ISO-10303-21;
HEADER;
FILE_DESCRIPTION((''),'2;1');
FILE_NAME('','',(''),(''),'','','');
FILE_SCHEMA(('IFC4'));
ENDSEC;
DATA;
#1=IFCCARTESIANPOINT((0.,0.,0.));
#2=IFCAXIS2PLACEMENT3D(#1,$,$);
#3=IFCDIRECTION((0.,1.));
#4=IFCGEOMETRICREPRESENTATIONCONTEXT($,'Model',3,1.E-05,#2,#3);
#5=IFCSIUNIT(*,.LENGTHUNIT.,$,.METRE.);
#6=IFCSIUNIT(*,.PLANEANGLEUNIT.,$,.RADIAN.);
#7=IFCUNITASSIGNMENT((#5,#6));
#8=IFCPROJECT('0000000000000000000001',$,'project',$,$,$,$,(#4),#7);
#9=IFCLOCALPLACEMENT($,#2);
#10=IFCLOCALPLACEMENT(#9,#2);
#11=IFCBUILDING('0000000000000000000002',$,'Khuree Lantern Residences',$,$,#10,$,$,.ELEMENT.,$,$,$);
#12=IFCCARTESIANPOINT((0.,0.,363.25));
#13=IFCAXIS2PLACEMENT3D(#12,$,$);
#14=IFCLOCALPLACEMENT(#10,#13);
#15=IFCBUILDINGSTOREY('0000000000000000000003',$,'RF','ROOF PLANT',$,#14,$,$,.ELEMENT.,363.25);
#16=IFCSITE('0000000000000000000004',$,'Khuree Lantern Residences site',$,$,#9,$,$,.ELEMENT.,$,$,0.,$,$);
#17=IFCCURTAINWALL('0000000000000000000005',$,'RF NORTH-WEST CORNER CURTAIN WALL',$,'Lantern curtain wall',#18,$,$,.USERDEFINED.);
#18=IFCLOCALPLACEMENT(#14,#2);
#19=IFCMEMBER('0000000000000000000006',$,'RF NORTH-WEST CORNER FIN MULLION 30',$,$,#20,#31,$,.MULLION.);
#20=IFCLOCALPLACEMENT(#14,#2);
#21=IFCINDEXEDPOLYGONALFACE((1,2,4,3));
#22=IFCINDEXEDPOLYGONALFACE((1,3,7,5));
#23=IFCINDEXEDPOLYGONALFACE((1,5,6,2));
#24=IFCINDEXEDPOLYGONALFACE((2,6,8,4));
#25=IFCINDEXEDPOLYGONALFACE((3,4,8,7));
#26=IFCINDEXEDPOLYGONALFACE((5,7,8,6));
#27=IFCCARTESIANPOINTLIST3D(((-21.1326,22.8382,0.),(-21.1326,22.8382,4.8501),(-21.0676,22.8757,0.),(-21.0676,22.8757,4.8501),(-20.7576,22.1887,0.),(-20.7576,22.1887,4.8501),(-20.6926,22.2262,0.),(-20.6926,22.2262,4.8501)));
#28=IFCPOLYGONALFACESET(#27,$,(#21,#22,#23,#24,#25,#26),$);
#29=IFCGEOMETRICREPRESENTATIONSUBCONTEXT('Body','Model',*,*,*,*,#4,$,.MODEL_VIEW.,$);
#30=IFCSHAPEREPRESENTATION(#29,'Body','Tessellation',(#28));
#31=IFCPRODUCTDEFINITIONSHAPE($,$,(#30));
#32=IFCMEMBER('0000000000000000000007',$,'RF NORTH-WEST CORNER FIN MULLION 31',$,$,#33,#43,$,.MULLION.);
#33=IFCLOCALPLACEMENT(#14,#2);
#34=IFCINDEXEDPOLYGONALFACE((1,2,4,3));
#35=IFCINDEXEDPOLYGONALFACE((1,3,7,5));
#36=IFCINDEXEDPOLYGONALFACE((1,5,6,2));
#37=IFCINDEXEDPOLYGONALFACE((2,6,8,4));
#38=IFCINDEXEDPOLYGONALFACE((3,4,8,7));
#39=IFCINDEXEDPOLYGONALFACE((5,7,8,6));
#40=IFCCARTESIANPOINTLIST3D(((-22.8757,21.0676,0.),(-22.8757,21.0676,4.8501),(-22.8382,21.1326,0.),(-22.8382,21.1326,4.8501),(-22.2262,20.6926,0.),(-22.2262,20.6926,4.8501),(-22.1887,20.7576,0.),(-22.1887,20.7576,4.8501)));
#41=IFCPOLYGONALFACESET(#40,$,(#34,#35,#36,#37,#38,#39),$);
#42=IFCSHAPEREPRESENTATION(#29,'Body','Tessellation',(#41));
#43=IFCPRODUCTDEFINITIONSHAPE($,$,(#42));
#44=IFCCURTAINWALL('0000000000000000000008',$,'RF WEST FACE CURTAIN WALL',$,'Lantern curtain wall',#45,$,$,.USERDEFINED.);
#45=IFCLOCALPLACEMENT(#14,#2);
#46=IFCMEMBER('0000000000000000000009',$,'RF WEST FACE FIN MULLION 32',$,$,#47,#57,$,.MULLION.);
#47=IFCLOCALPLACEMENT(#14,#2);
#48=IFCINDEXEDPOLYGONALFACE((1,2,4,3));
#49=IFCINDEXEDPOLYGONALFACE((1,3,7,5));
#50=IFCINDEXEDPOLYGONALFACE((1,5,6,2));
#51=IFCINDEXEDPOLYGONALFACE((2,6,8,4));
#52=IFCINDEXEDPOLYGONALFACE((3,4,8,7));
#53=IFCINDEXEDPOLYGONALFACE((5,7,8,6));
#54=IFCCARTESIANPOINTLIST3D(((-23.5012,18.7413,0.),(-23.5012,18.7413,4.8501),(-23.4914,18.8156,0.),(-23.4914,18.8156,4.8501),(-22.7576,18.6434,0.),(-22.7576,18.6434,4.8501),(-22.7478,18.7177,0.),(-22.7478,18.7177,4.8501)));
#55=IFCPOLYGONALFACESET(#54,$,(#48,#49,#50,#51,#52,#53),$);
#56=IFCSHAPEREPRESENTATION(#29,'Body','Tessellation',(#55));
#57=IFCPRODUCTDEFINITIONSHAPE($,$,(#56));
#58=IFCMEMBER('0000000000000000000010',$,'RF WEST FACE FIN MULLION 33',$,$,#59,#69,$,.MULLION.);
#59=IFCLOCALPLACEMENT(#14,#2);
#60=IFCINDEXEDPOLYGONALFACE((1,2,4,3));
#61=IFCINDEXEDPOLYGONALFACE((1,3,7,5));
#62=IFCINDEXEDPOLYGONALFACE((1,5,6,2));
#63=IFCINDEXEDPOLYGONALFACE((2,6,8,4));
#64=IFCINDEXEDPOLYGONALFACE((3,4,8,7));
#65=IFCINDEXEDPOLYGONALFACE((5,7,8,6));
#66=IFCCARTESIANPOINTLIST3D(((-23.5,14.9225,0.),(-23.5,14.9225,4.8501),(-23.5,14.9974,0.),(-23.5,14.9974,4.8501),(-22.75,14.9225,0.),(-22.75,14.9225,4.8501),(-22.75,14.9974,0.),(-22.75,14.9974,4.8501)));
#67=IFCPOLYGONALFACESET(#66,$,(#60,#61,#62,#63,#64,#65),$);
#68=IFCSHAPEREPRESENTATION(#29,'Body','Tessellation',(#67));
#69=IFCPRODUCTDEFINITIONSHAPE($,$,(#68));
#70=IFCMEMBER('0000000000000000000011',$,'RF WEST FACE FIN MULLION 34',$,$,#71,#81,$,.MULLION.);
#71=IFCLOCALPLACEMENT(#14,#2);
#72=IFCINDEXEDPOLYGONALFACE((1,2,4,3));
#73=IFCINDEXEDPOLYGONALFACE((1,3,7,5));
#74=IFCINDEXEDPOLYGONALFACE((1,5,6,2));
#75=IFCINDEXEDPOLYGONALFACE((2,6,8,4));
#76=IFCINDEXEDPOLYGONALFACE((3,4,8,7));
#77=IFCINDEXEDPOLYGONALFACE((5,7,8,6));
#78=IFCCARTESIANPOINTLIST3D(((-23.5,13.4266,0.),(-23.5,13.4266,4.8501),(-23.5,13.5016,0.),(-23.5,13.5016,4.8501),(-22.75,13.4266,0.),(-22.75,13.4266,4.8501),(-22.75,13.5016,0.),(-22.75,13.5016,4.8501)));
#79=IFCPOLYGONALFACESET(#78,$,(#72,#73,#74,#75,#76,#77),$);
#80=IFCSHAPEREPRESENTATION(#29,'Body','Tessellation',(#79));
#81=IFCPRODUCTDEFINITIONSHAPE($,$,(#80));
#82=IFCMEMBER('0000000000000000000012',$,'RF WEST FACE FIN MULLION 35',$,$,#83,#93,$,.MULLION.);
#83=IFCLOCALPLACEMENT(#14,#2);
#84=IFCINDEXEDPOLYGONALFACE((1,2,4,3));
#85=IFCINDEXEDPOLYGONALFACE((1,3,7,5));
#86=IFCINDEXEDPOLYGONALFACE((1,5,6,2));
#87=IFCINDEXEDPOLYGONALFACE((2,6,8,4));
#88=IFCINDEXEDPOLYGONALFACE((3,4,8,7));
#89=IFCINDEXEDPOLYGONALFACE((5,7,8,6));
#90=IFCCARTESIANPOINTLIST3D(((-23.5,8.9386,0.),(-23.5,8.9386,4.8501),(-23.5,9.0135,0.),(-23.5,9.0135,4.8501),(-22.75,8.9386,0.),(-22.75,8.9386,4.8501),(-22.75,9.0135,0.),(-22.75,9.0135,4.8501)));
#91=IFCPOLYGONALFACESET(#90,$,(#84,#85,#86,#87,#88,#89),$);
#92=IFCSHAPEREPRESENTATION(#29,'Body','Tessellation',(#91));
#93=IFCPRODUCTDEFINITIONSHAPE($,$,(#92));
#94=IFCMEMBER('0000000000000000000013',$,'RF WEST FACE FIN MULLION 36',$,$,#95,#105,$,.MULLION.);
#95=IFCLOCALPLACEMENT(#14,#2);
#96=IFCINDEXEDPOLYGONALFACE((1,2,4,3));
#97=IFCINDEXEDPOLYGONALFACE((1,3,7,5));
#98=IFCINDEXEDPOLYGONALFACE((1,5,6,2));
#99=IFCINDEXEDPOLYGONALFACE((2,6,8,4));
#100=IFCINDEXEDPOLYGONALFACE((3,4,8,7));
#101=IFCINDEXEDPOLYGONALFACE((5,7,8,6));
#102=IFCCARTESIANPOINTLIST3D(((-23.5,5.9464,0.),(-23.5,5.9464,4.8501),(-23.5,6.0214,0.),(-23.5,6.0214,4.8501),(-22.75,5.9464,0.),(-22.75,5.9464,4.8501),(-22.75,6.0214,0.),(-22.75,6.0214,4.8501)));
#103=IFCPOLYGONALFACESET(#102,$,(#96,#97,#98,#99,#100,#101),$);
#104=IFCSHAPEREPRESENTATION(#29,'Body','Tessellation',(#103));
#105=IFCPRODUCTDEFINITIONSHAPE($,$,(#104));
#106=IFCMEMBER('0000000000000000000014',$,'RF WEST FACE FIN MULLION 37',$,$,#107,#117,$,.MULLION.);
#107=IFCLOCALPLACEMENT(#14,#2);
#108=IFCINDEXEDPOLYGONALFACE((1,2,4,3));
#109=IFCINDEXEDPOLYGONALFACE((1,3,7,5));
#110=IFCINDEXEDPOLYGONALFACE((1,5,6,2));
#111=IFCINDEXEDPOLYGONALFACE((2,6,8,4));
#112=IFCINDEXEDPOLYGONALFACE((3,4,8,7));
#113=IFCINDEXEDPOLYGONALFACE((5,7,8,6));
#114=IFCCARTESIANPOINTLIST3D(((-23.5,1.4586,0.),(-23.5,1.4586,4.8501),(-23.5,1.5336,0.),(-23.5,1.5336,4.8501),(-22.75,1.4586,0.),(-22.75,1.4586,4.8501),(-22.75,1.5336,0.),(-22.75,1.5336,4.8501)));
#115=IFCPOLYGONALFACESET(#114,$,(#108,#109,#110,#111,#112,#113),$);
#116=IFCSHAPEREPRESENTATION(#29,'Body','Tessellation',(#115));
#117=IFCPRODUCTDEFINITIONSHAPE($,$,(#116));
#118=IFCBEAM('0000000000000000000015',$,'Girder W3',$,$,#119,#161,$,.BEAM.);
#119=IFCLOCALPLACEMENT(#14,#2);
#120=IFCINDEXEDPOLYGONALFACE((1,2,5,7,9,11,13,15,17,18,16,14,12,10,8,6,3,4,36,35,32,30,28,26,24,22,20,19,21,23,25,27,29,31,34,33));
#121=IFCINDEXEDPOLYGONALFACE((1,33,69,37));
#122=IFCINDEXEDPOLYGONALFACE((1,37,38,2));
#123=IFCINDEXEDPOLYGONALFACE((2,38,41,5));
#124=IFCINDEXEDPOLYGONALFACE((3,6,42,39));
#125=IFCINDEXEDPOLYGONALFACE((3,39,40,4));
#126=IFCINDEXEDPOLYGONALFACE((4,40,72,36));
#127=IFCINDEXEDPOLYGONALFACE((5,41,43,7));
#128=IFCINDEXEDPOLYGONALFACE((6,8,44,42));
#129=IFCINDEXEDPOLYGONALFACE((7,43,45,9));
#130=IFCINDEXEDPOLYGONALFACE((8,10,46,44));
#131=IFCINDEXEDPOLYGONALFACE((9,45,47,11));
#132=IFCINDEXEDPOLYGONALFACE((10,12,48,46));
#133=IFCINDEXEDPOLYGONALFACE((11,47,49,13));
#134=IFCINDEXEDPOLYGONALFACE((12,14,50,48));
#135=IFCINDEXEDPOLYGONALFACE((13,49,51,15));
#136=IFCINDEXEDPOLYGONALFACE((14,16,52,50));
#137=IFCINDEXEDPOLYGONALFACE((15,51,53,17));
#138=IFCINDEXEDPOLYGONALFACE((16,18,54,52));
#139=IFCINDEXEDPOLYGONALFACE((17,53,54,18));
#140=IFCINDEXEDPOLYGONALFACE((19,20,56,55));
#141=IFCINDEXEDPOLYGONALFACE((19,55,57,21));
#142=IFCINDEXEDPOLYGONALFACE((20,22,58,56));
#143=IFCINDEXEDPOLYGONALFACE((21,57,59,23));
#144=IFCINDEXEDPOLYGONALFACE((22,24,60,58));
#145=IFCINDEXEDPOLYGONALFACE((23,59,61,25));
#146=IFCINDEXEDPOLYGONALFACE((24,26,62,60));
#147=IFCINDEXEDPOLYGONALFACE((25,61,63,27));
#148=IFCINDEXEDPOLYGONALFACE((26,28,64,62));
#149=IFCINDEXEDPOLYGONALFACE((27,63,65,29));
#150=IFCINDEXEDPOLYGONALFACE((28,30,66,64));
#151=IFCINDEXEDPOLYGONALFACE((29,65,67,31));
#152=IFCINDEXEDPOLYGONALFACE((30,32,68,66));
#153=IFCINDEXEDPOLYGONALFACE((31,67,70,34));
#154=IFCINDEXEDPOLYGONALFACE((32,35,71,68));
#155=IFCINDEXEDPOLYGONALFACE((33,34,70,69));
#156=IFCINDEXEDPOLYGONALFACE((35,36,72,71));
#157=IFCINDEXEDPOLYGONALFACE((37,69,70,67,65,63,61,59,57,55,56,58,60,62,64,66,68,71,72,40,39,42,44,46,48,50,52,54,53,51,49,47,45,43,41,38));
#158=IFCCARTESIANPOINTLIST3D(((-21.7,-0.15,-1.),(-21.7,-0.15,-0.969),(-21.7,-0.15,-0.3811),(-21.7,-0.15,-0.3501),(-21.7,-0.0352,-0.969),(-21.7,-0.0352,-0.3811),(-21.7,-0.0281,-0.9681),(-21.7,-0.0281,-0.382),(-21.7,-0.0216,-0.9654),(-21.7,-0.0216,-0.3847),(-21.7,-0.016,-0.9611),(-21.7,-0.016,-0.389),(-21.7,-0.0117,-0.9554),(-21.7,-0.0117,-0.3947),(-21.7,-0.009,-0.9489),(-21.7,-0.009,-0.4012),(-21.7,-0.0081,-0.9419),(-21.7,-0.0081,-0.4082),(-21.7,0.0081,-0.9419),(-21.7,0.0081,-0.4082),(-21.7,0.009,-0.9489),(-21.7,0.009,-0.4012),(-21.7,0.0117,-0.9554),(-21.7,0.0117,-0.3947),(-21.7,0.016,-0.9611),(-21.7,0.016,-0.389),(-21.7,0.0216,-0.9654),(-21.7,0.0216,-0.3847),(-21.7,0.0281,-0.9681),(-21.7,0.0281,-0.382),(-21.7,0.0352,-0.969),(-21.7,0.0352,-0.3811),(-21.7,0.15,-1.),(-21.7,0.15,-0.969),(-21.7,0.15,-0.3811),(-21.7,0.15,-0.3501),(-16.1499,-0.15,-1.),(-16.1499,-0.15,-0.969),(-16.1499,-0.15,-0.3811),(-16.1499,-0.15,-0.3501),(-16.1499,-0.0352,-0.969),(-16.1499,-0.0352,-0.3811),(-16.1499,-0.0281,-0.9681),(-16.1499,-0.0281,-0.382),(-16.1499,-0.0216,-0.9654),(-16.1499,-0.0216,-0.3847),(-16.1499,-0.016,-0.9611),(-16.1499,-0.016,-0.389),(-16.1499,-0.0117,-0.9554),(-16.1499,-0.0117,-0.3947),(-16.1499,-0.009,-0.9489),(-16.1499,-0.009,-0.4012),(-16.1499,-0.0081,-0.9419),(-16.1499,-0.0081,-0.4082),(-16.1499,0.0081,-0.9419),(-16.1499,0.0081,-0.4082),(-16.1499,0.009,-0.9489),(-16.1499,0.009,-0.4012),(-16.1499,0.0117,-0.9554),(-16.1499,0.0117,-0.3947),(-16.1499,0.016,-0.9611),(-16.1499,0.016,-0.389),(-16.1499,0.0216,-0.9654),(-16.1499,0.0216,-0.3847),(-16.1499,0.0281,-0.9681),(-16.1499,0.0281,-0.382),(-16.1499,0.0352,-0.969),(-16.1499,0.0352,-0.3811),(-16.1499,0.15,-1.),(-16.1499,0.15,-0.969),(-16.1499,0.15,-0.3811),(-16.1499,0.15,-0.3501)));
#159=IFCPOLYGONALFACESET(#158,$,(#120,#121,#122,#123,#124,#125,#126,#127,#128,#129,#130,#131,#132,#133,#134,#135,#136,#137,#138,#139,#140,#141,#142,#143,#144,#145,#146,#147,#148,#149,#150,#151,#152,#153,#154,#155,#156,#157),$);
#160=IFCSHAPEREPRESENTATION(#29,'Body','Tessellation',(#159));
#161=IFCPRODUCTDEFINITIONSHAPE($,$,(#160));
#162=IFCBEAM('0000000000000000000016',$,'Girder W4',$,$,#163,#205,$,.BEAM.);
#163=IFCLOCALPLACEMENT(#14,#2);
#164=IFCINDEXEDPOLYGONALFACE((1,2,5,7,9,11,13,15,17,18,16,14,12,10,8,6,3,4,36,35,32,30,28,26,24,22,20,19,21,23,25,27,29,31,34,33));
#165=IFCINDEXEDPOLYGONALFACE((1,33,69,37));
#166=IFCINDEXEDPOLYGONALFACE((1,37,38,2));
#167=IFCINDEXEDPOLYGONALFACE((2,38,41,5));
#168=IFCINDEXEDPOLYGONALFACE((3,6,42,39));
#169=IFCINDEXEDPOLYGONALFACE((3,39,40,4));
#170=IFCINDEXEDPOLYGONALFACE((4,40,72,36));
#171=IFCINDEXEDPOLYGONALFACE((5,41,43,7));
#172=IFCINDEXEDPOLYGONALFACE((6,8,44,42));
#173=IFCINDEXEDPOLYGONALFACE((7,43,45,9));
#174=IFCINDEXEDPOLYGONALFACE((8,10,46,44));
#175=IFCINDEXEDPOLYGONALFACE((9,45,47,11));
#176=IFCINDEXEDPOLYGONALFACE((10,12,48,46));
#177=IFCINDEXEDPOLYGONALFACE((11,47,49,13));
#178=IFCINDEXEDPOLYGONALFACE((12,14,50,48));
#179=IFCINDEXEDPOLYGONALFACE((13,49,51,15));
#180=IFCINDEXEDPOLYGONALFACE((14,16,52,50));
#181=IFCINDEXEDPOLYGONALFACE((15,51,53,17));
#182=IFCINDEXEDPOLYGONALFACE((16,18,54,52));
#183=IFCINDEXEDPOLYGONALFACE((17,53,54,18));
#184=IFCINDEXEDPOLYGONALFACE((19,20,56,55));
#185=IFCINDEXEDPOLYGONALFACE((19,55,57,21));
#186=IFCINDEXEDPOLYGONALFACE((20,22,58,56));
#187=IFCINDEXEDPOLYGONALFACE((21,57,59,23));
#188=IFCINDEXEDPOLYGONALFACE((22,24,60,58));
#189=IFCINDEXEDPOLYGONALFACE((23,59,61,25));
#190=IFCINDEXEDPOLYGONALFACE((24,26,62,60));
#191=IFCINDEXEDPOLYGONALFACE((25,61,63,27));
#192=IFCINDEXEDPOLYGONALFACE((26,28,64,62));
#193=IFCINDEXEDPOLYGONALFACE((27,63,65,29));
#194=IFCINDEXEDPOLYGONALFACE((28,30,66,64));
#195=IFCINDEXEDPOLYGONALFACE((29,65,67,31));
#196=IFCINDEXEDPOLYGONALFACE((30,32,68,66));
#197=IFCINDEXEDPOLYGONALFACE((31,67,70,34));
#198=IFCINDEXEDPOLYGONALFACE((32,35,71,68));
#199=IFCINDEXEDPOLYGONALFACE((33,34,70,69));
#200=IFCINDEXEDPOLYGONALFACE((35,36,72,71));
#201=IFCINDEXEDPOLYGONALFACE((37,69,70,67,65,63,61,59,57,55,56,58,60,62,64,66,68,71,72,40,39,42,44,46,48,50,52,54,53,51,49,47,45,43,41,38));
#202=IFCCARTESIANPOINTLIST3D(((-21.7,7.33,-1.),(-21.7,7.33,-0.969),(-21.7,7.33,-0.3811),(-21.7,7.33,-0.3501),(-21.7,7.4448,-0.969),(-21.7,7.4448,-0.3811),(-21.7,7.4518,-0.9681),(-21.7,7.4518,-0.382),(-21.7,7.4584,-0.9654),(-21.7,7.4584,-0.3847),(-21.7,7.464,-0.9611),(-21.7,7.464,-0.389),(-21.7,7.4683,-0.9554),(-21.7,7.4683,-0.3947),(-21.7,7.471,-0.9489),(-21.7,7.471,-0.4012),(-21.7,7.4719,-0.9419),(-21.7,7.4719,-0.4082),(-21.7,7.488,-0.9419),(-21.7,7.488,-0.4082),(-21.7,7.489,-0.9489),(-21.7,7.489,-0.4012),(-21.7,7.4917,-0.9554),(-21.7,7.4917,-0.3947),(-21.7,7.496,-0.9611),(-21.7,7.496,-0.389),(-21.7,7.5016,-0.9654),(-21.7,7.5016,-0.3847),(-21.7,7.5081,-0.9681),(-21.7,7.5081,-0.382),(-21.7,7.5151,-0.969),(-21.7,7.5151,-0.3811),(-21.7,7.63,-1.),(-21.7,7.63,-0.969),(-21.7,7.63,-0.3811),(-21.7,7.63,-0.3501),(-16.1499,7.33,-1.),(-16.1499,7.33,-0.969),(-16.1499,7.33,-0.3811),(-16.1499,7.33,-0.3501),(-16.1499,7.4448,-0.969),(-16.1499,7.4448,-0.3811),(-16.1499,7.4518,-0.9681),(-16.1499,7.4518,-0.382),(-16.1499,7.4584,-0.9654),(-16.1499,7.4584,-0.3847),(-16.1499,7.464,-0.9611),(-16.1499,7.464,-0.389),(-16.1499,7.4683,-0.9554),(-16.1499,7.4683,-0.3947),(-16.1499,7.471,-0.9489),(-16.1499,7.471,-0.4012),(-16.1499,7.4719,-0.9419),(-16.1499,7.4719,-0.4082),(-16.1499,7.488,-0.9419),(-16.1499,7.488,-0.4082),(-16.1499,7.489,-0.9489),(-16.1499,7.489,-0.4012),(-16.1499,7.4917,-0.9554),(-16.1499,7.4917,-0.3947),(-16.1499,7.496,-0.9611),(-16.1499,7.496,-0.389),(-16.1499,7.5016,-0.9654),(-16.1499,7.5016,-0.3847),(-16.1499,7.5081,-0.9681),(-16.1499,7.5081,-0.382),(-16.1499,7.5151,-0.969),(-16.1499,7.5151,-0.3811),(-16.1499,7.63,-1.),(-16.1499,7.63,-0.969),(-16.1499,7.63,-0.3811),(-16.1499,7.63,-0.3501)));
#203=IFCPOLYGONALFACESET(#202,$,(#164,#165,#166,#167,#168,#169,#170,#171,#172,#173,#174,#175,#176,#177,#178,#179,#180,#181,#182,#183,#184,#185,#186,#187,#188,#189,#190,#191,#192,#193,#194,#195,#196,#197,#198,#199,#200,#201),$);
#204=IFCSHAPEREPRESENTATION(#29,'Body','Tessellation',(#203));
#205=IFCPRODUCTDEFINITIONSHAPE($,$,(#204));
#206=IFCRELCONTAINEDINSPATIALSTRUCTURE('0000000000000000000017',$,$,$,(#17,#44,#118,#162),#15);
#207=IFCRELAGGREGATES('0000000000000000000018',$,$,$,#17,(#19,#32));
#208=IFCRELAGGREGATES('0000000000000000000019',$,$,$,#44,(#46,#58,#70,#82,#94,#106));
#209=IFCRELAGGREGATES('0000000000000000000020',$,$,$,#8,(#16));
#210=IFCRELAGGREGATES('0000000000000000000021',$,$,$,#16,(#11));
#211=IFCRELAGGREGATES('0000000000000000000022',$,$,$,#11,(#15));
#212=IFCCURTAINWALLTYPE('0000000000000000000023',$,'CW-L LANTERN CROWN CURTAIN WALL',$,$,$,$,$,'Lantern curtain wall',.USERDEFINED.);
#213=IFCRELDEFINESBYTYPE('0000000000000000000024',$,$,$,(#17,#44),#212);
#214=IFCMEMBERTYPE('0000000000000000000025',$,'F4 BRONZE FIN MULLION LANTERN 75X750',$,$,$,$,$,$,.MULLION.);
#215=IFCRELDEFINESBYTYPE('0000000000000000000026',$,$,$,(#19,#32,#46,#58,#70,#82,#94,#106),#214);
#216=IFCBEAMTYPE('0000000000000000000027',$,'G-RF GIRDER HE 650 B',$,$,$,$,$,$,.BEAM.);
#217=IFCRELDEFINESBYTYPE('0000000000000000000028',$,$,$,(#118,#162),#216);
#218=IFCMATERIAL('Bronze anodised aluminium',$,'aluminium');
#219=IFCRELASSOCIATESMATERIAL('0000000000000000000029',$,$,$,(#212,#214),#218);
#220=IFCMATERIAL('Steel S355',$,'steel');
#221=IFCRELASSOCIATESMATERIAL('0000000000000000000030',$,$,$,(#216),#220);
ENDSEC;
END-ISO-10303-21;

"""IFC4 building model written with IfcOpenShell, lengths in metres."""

from ifc_helpers import new_model, si_unit, direction, frame, origin, origin_2d, place, context, subcontext, project, spatial, rectangle, i_section, extrude, material, material_profile, profile_set, type_object, element, aggregate, save


model = new_model("IFC4")

# Units and contexts
model_context = context("Model", 3, precision=1e-05, world=origin(), true_north=direction((0.0, 1.0)))
body_context = subcontext(model_context, "Body", "Model", "MODEL_VIEW")
ifc_project = project(units=[si_unit("LENGTHUNIT", "METRE"), si_unit("PLANEANGLEUNIT", "RADIAN")], contexts=[model_context])

# Site, building, storey
site_placement = place(None, origin())
site = spatial("IfcSite", under=ifc_project, at=site_placement, Name="Khuree Lantern Residences site", CompositionType="ELEMENT", RefElevation=0.0)
building_placement = place(site_placement, origin())
building = spatial("IfcBuilding", under=site, at=building_placement, Name="Khuree Lantern Residences", CompositionType="ELEMENT")
storey_placement = place(building_placement, frame((0.0, 0.0, 363.25)))
storey = spatial("IfcBuildingStorey", under=building, at=storey_placement, Name="RF", Description="ROOF PLANT", CompositionType="ELEMENT", Elevation=363.25)

# Shared definitions
ifc_material_1 = material(Name="Steel S355", Category="steel")

# Curtain walls, members
ifc_material_2 = material(Name="Bronze anodised aluminium", Category="aluminium")
curtain_wall_type = type_object("IfcCurtainWallType", Name="CW-L LANTERN CROWN CURTAIN WALL", ElementType="Lantern curtain wall", PredefinedType="USERDEFINED", material=ifc_material_2)
curtain_wall_1_placement = place(storey_placement, origin())
curtain_wall_1 = element("IfcCurtainWall", 1, at=curtain_wall_1_placement, inside=storey, type_object=curtain_wall_type, Name="RF NORTH-WEST CORNER CURTAIN WALL", ObjectType="Lantern curtain wall", PredefinedType="USERDEFINED")
ifc_material_profile_1 = material_profile(ifc_material_2, rectangle(XDim=0.075, YDim=0.75, at=origin_2d()), Name="F4 75X750")
ifc_profile_set_1 = profile_set([ifc_material_profile_1], Name="Bronze anodised aluminium")
member_type_1 = type_object("IfcMemberType", Name="F4 BRONZE FIN MULLION LANTERN 75X750", PredefinedType="MULLION", material=ifc_profile_set_1)
member_1_placement = place(storey_placement, frame((-20.9126, 22.5322, 0.0), z_axis=(0.0, 0.0, 1.0), x_axis=(-0.866025, -0.5, 0.0)))
member_1 = element("IfcMember", 2, at=member_1_placement, type_object=member_type_1, Name="RF NORTH-WEST CORNER FIN MULLION 30", PredefinedType="MULLION", context=body_context, shape_type="SweptSolid", body=[
    extrude(rectangle(XDim=0.075, YDim=0.75, at=origin_2d()), origin(), (0.0, 0.0, 1.0), 4.8501),
])
member_2_placement = place(storey_placement, frame((-22.5322, 20.9126, 0.0), z_axis=(0.0, 0.0, 1.0), x_axis=(-0.5, -0.866025, 0.0)))
member_2 = element("IfcMember", 3, at=member_2_placement, type_object=member_type_1, Name="RF NORTH-WEST CORNER FIN MULLION 31", PredefinedType="MULLION", context=body_context, shape_type="SweptSolid", body=[
    extrude(rectangle(XDim=0.075, YDim=0.75, at=origin_2d()), origin(), (0.0, 0.0, 1.0), 4.8501),
])
curtain_wall_2_placement = place(storey_placement, origin())
curtain_wall_2 = element("IfcCurtainWall", 4, at=curtain_wall_2_placement, inside=storey, type_object=curtain_wall_type, Name="RF WEST FACE CURTAIN WALL", ObjectType="Lantern curtain wall", PredefinedType="USERDEFINED")
member_3_placement = place(storey_placement, frame((-23.1245, 18.7295, 0.0), z_axis=(0.0, 0.0, 1.0), x_axis=(-0.130526, -0.991445, 0.0)))
member_3 = element("IfcMember", 5, at=member_3_placement, type_object=member_type_1, Name="RF WEST FACE FIN MULLION 32", PredefinedType="MULLION", context=body_context, shape_type="SweptSolid", body=[
    extrude(rectangle(XDim=0.075, YDim=0.75, at=origin_2d()), origin(), (0.0, 0.0, 1.0), 4.8501),
])
member_4_placement = place(storey_placement, frame((-23.125, 14.96, 0.0), z_axis=(0.0, 0.0, 1.0), x_axis=(0.0, -1.0, 0.0)))
member_4 = element("IfcMember", 6, at=member_4_placement, type_object=member_type_1, Name="RF WEST FACE FIN MULLION 33", PredefinedType="MULLION", context=body_context, shape_type="SweptSolid", body=[
    extrude(rectangle(XDim=0.075, YDim=0.75, at=origin_2d()), origin(), (0.0, 0.0, 1.0), 4.8501),
])
member_5_placement = place(storey_placement, frame((-23.125, 13.4641, 0.0), z_axis=(0.0, 0.0, 1.0), x_axis=(0.0, -1.0, 0.0)))
member_5 = element("IfcMember", 7, at=member_5_placement, type_object=member_type_1, Name="RF WEST FACE FIN MULLION 34", PredefinedType="MULLION", context=body_context, shape_type="SweptSolid", body=[
    extrude(rectangle(XDim=0.075, YDim=0.75, at=origin_2d()), origin(), (0.0, 0.0, 1.0), 4.8501),
])
member_6_placement = place(storey_placement, frame((-23.125, 8.9761, 0.0), z_axis=(0.0, 0.0, 1.0), x_axis=(0.0, -1.0, 0.0)))
member_6 = element("IfcMember", 8, at=member_6_placement, type_object=member_type_1, Name="RF WEST FACE FIN MULLION 35", PredefinedType="MULLION", context=body_context, shape_type="SweptSolid", body=[
    extrude(rectangle(XDim=0.075, YDim=0.75, at=origin_2d()), origin(), (0.0, 0.0, 1.0), 4.8501),
])
member_7_placement = place(storey_placement, frame((-23.125, 5.9839, 0.0), z_axis=(0.0, 0.0, 1.0), x_axis=(0.0, -1.0, 0.0)))
member_7 = element("IfcMember", 9, at=member_7_placement, type_object=member_type_1, Name="RF WEST FACE FIN MULLION 36", PredefinedType="MULLION", context=body_context, shape_type="SweptSolid", body=[
    extrude(rectangle(XDim=0.075, YDim=0.75, at=origin_2d()), origin(), (0.0, 0.0, 1.0), 4.8501),
])
member_8_placement = place(storey_placement, frame((-23.125, 1.4961, 0.0), z_axis=(0.0, 0.0, 1.0), x_axis=(0.0, -1.0, 0.0)))
member_8 = element("IfcMember", 10, at=member_8_placement, type_object=member_type_1, Name="RF WEST FACE FIN MULLION 37", PredefinedType="MULLION", context=body_context, shape_type="SweptSolid", body=[
    extrude(rectangle(XDim=0.075, YDim=0.75, at=origin_2d()), origin(), (0.0, 0.0, 1.0), 4.8501),
])

# Beams
ifc_material_profile_2 = material_profile(ifc_material_1, i_section(OverallWidth=0.3, OverallDepth=0.6499, WebThickness=0.0161, FlangeThickness=0.031, FilletRadius=0.0271, at=origin_2d()), Name="HE 650 B")
ifc_profile_set_2 = profile_set([ifc_material_profile_2], Name="Steel S355")
beam_type_1 = type_object("IfcBeamType", Name="G-RF GIRDER HE 650 B", PredefinedType="BEAM", material=ifc_profile_set_2)
for number, where, z_axis, x_axis, name in (
    (11, (-21.7, 0.0, -0.675), (1.0, 0.0, 0.0), (0.0, 1.0, 0.0), "Girder W3"),
    (12, (-21.7, 7.48, -0.675), (1.0, 0.0, 0.0), (0.0, 1.0, 0.0), "Girder W4"),
):
    element("IfcBeam", number, at=place(storey_placement, frame(where, z_axis=z_axis, x_axis=x_axis)), inside=storey, type_object=beam_type_1, Name=name, PredefinedType="BEAM", context=body_context, shape_type="SweptSolid", body=[
        extrude(i_section(OverallWidth=0.3, OverallDepth=0.6499, WebThickness=0.0161, FlangeThickness=0.031, FilletRadius=0.0271, at=origin_2d()), origin(), (0.0, 0.0, 1.0), 5.55),
    ])

aggregate(curtain_wall_1, [member_1, member_2])
aggregate(curtain_wall_2, [member_3, member_4, member_5, member_6, member_7, member_8])

save(model, "model.ifc")
